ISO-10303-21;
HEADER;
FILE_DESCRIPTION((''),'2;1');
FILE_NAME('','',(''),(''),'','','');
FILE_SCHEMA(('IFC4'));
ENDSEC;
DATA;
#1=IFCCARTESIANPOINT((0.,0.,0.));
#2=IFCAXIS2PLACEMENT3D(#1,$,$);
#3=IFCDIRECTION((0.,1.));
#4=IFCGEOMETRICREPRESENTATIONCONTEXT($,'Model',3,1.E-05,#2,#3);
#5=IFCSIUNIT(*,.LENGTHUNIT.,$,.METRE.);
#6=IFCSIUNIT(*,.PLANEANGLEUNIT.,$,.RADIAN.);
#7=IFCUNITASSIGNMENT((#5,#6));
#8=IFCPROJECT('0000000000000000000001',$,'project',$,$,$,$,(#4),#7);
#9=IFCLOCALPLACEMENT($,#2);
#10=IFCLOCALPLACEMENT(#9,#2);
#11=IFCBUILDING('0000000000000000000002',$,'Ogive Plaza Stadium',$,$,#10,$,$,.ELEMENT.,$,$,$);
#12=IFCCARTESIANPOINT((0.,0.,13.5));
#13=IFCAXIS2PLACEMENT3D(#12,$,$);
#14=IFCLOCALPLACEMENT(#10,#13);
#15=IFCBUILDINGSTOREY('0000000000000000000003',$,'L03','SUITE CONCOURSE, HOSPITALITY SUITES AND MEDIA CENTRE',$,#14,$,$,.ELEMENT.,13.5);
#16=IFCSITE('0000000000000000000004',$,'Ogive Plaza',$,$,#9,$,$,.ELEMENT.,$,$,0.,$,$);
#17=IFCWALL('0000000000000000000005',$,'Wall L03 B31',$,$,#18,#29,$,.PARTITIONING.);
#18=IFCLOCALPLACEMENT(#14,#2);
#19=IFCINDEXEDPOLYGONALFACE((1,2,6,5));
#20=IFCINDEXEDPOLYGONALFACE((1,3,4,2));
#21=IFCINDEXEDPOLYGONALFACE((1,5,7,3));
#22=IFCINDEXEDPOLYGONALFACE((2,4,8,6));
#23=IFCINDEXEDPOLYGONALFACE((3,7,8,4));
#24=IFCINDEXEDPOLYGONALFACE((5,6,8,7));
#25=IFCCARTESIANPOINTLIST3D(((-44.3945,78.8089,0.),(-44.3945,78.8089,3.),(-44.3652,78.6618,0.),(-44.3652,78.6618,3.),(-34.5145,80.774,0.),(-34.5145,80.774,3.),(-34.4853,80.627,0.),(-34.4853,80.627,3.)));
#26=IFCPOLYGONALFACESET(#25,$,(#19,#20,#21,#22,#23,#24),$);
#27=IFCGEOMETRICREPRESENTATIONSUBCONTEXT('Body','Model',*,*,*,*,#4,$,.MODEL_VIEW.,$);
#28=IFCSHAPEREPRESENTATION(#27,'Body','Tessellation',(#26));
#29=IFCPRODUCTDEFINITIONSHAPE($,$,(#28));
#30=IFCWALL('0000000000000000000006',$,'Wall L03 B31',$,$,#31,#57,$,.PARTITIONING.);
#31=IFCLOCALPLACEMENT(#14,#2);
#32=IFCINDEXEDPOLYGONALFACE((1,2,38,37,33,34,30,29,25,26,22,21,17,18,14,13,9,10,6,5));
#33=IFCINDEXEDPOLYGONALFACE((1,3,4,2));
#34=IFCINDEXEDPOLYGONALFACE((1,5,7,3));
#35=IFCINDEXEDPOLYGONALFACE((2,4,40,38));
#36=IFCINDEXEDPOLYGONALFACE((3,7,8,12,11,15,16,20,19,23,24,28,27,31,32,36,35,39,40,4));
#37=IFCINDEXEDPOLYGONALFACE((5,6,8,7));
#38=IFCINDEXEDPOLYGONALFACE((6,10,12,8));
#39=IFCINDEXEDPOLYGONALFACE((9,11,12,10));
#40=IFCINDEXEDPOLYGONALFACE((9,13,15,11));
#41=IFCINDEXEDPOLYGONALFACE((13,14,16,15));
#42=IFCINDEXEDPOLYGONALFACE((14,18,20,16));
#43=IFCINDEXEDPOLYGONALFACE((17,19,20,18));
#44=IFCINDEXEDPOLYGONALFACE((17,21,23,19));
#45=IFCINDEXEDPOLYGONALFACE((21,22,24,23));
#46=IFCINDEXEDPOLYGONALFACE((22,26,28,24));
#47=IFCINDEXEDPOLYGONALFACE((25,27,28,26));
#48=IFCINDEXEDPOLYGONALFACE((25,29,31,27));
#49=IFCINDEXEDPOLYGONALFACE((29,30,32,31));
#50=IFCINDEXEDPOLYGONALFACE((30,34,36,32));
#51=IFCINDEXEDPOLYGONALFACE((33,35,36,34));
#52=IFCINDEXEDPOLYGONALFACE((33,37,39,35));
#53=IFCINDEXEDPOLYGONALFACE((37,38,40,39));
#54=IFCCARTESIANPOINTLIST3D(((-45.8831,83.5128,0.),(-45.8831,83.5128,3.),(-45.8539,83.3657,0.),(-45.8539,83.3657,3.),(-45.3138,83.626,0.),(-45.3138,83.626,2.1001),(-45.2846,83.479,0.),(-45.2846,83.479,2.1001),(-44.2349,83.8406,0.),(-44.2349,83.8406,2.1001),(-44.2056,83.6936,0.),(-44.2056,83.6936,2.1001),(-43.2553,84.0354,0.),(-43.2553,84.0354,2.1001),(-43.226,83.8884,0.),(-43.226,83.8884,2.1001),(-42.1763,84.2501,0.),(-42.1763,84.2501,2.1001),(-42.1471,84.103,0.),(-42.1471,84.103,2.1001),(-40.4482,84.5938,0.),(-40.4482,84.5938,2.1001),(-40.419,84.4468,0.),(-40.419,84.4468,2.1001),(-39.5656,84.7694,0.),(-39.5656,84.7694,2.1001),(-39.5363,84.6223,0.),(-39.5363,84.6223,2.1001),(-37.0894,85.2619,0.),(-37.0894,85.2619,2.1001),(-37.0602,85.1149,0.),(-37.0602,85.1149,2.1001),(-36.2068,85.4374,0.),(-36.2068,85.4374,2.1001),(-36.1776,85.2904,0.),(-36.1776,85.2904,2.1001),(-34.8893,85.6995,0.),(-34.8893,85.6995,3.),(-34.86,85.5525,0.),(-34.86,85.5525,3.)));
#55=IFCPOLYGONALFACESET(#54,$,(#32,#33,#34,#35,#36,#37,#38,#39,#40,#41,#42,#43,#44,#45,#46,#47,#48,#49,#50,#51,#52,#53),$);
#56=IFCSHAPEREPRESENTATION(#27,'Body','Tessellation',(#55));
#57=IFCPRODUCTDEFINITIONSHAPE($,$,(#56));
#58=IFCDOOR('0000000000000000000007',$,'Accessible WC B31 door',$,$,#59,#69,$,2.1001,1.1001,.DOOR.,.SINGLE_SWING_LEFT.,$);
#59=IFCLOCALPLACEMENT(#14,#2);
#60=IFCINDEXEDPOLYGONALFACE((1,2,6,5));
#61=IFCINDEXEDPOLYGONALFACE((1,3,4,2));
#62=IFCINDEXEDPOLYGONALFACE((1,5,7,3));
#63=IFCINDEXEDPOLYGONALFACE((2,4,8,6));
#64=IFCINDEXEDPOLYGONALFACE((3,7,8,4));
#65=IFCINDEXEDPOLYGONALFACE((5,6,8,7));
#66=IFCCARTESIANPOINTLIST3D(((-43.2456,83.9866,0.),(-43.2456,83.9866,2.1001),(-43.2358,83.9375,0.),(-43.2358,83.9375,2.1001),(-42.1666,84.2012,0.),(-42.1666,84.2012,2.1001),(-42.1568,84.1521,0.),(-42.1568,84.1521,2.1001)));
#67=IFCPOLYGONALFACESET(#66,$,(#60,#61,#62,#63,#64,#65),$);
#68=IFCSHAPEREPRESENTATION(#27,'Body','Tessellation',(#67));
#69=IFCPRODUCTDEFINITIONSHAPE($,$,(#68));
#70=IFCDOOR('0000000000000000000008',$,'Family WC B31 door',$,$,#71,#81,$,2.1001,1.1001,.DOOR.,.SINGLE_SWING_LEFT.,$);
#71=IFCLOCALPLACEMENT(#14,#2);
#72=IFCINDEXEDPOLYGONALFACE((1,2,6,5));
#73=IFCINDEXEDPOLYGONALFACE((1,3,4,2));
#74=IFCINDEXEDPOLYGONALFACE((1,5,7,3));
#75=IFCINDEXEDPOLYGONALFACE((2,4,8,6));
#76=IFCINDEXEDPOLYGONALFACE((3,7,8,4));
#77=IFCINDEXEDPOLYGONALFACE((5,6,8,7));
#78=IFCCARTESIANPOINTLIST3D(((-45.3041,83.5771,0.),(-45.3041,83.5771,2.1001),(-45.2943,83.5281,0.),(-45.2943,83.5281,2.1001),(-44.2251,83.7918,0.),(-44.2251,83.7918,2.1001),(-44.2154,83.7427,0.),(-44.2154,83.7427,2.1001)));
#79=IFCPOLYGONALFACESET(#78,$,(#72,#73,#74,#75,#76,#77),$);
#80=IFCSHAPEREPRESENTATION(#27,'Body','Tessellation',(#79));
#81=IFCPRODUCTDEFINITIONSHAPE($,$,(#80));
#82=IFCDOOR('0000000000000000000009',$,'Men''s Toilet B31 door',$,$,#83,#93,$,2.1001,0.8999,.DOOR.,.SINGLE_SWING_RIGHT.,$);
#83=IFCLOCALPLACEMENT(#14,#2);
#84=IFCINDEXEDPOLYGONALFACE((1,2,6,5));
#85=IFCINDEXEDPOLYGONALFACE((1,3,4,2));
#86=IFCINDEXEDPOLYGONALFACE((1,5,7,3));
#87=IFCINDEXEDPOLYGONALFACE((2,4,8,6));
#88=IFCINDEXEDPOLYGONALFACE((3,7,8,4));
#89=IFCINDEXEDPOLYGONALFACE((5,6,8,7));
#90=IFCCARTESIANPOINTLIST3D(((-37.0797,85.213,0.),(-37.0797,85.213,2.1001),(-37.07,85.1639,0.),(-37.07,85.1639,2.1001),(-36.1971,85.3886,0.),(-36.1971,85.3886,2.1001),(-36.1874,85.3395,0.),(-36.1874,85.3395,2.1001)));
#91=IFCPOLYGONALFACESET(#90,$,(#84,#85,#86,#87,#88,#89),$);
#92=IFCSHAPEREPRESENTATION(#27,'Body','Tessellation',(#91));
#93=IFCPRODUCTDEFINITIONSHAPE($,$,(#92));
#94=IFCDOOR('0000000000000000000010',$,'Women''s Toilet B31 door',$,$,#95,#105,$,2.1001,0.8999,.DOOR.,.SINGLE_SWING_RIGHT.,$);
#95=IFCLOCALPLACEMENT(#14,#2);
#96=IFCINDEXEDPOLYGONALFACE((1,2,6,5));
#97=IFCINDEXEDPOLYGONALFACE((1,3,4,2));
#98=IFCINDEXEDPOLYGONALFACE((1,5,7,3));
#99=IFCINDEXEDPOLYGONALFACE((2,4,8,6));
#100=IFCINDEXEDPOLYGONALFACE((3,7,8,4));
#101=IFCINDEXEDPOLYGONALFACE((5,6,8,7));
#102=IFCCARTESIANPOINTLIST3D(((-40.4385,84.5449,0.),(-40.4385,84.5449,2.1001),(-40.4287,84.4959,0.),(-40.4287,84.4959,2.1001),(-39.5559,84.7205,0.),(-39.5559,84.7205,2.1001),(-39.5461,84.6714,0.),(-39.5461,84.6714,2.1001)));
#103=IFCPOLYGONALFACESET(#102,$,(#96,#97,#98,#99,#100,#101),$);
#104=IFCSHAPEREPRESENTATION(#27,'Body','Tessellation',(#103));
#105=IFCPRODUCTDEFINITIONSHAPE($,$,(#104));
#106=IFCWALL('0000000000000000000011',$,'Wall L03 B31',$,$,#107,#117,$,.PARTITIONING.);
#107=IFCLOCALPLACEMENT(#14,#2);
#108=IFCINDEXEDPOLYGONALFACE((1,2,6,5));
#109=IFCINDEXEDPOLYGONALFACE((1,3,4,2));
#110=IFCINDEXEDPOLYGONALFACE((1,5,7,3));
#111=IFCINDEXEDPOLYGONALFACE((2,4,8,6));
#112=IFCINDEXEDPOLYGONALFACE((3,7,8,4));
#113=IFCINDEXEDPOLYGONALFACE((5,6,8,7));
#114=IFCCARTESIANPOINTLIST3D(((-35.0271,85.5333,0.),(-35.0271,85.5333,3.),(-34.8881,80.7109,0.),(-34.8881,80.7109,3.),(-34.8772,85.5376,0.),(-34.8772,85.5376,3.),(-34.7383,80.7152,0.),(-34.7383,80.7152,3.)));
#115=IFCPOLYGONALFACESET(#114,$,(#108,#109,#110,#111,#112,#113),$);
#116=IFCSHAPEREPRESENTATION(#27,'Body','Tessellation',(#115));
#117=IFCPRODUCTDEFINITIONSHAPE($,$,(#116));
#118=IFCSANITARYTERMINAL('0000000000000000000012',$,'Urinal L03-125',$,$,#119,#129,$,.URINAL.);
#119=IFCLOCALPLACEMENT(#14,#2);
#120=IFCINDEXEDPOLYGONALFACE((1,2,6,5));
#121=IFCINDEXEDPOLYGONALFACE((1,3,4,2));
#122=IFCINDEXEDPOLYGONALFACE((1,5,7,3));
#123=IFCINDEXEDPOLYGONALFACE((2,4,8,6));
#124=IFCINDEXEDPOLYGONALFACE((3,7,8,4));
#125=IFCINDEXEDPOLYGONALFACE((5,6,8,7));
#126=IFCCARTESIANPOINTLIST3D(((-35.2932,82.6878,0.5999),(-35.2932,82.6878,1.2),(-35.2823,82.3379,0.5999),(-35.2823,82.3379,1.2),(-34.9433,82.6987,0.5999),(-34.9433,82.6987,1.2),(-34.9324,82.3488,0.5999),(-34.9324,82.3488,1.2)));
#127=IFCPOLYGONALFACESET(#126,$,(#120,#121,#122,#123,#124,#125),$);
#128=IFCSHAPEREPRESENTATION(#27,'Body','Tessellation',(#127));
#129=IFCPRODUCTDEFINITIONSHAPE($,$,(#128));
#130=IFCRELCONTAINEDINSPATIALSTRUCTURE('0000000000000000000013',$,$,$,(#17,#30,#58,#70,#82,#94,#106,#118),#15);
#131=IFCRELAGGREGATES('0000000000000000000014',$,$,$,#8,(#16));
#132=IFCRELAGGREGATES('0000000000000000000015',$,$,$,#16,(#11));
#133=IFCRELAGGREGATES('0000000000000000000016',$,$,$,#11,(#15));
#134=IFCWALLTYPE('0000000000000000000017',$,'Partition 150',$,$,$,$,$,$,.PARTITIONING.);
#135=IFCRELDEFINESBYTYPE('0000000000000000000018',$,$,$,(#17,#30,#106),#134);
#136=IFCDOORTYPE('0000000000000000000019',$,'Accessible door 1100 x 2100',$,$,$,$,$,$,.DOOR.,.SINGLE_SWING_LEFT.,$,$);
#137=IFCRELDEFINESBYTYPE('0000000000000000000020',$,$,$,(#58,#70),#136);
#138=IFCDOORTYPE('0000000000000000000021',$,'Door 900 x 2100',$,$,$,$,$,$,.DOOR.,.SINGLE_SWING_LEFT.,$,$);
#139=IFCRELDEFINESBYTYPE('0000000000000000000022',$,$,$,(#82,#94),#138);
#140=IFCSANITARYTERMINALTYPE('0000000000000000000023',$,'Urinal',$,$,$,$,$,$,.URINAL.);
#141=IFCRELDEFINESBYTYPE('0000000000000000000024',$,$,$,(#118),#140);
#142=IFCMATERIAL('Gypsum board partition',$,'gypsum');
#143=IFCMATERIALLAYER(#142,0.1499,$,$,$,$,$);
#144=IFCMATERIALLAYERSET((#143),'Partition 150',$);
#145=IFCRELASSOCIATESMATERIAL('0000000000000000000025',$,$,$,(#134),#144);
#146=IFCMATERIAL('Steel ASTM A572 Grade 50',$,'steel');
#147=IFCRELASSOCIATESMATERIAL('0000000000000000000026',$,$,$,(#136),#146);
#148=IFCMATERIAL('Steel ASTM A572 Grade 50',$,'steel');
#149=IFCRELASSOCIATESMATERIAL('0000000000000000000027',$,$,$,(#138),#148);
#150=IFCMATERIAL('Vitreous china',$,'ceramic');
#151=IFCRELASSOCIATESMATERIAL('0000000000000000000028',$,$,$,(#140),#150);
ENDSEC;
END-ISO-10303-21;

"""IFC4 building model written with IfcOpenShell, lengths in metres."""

from ifc_helpers import new_model, si_unit, direction, frame, frame_2d, origin, origin_2d, place, context, subcontext, project, spatial, rectangle, extrude, material, layer, layer_set, type_object, element, fill, save


model = new_model("IFC4")

# Units and contexts
model_context = context("Model", 3, precision=1e-05, world=origin(), true_north=direction((0.0, 1.0)))
body_context = subcontext(model_context, "Body", "Model", "MODEL_VIEW")
ifc_project = project(units=[si_unit("LENGTHUNIT", "METRE"), si_unit("PLANEANGLEUNIT", "RADIAN")], contexts=[model_context])

# Site, building, storey
site_placement = place(None, origin())
site = spatial("IfcSite", under=ifc_project, at=site_placement, Name="Ogive Plaza", CompositionType="ELEMENT", RefElevation=0.0)
building_placement = place(site_placement, origin())
building = spatial("IfcBuilding", under=site, at=building_placement, Name="Ogive Plaza Stadium", CompositionType="ELEMENT")
storey_placement = place(building_placement, frame((0.0, 0.0, 13.5)))
storey = spatial("IfcBuildingStorey", under=building, at=storey_placement, Name="L03", Description="SUITE CONCOURSE, HOSPITALITY SUITES AND MEDIA CENTRE", CompositionType="ELEMENT", Elevation=13.5)

# Wall
ifc_material_1 = material(Name="Gypsum board partition", Category="gypsum")
ifc_layer_1 = layer(ifc_material_1, 0.1499)
ifc_layer_set_1 = layer_set([ifc_layer_1], Name="Partition 150")
wall_type_1 = type_object("IfcWallType", Name="Partition 150", PredefinedType="PARTITIONING", material=ifc_layer_set_1)
wall_1_placement = place(storey_placement, frame((-34.5, 80.7004, 0.0), z_axis=(0.0, 0.0, 1.0), x_axis=(-0.980788, -0.195077, 0.0)))
element("IfcWall", 1, at=wall_1_placement, inside=storey, type_object=wall_type_1, Name="Wall L03 B31", PredefinedType="PARTITIONING", context=body_context, shape_type="SweptSolid", body=[
    extrude(rectangle(XDim=10.0735, YDim=0.1499, at=frame_2d((5.0366, 0.0))), origin(), (0.0, 0.0, 1.0), 3.0),
])

# Wall, openings, doors
wall_2_placement = place(storey_placement, frame((-34.8748, 85.626, 0.0), z_axis=(0.0, 0.0, 1.0), x_axis=(-0.980786, -0.195086, 0.0)))
wall_2 = element("IfcWall", 2, at=wall_2_placement, inside=storey, type_object=wall_type_1, Name="Wall L03 B31", PredefinedType="PARTITIONING", context=body_context, shape_type="SweptSolid", body=[
    extrude(rectangle(XDim=11.2092, YDim=0.1499, at=frame_2d((5.6045, 0.0))), origin(), (0.0, 0.0, 1.0), 3.0),
])
opening_1_placement = place(wall_2_placement, frame((1.3433, 0.0, 0.0)))
opening_1 = element("IfcOpeningElement", 3, at=opening_1_placement, cuts=wall_2, PredefinedType="OPENING", context=body_context, shape_type="SweptSolid", body=[
    extrude(rectangle(XDim=0.8999, YDim=2.1001, at=frame_2d((0.45, 1.05))), frame((0.0, 0.075, 0.0), z_axis=(0.0, -1.0, 0.0), x_axis=(1.0, 0.0, 0.0)), (0.0, 0.0, 1.0), 0.1499),
])
opening_2_placement = place(wall_2_placement, frame((4.7678, 0.0, 0.0)))
opening_2 = element("IfcOpeningElement", 4, at=opening_2_placement, cuts=wall_2, PredefinedType="OPENING", context=body_context, shape_type="SweptSolid", body=[
    extrude(rectangle(XDim=0.8999, YDim=2.1001, at=frame_2d((0.45, 1.05))), frame((0.0, 0.075, 0.0), z_axis=(0.0, -1.0, 0.0), x_axis=(1.0, 0.0, 0.0)), (0.0, 0.0, 1.0), 0.1499),
])
opening_3_placement = place(wall_2_placement, frame((7.4297, 0.0, 0.0)))
opening_3 = element("IfcOpeningElement", 5, at=opening_3_placement, cuts=wall_2, PredefinedType="OPENING", context=body_context, shape_type="SweptSolid", body=[
    extrude(rectangle(XDim=1.1001, YDim=2.1001, at=frame_2d((0.55, 1.05))), frame((0.0, 0.075, 0.0), z_axis=(0.0, -1.0, 0.0), x_axis=(1.0, 0.0, 0.0)), (0.0, 0.0, 1.0), 0.1499),
])
opening_4_placement = place(wall_2_placement, frame((9.5286, 0.0, 0.0)))
opening_4 = element("IfcOpeningElement", 6, at=opening_4_placement, cuts=wall_2, PredefinedType="OPENING", context=body_context, shape_type="SweptSolid", body=[
    extrude(rectangle(XDim=1.1001, YDim=2.1001, at=frame_2d((0.55, 1.05))), frame((0.0, 0.075, 0.0), z_axis=(0.0, -1.0, 0.0), x_axis=(1.0, 0.0, 0.0)), (0.0, 0.0, 1.0), 0.1499),
])
ifc_material_2 = material(Name="Steel ASTM A572 Grade 50", Category="steel")
door_type_1 = type_object("IfcDoorType", Name="Accessible door 1100 x 2100", OperationType="SINGLE_SWING_LEFT", PredefinedType="DOOR", material=ifc_material_2)
door_1_placement = place(opening_3_placement, origin())
door_1 = element("IfcDoor", 7, at=door_1_placement, inside=storey, type_object=door_type_1, Name="Accessible WC B31 door", OperationType="SINGLE_SWING_LEFT", OverallHeight=2.1001, OverallWidth=1.1001, PredefinedType="DOOR", context=body_context, shape_type="SweptSolid", body=[
    extrude(rectangle(XDim=1.1001, YDim=2.1001, at=frame_2d((0.55, 1.05))), frame((0.0, 0.0249, 0.0), z_axis=(0.0, -1.0, 0.0), x_axis=(1.0, 0.0, 0.0)), (0.0, 0.0, 1.0), 0.05),
])
fill(opening_3, door_1)
door_2_placement = place(opening_4_placement, origin())
door_2 = element("IfcDoor", 8, at=door_2_placement, inside=storey, type_object=door_type_1, Name="Family WC B31 door", OperationType="SINGLE_SWING_LEFT", OverallHeight=2.1001, OverallWidth=1.1001, PredefinedType="DOOR", context=body_context, shape_type="SweptSolid", body=[
    extrude(rectangle(XDim=1.1001, YDim=2.1001, at=frame_2d((0.55, 1.05))), frame((0.0, 0.0249, 0.0), z_axis=(0.0, -1.0, 0.0), x_axis=(1.0, 0.0, 0.0)), (0.0, 0.0, 1.0), 0.05),
])
fill(opening_4, door_2)
ifc_material_3 = material(Name="Steel ASTM A572 Grade 50", Category="steel")
door_type_2 = type_object("IfcDoorType", Name="Door 900 x 2100", OperationType="SINGLE_SWING_LEFT", PredefinedType="DOOR", material=ifc_material_3)
door_3_placement = place(opening_1_placement, origin())
door_3 = element("IfcDoor", 9, at=door_3_placement, inside=storey, type_object=door_type_2, Name="Men's Toilet B31 door", OperationType="SINGLE_SWING_RIGHT", OverallHeight=2.1001, OverallWidth=0.8999, PredefinedType="DOOR", context=body_context, shape_type="SweptSolid", body=[
    extrude(rectangle(XDim=0.8999, YDim=2.1001, at=frame_2d((0.45, 1.05))), frame((0.0, 0.0249, 0.0), z_axis=(0.0, -1.0, 0.0), x_axis=(1.0, 0.0, 0.0)), (0.0, 0.0, 1.0), 0.05),
])
fill(opening_1, door_3)
door_4_placement = place(opening_2_placement, origin())
door_4 = element("IfcDoor", 10, at=door_4_placement, inside=storey, type_object=door_type_2, Name="Women's Toilet B31 door", OperationType="SINGLE_SWING_RIGHT", OverallHeight=2.1001, OverallWidth=0.8999, PredefinedType="DOOR", context=body_context, shape_type="SweptSolid", body=[
    extrude(rectangle(XDim=0.8999, YDim=2.1001, at=frame_2d((0.45, 1.05))), frame((0.0, 0.0249, 0.0), z_axis=(0.0, -1.0, 0.0), x_axis=(1.0, 0.0, 0.0)), (0.0, 0.0, 1.0), 0.05),
])
fill(opening_2, door_4)

# Wall
wall_3_placement = place(storey_placement, frame((-34.8132, 80.7131, 0.0), z_axis=(0.0, 0.0, 1.0), x_axis=(-0.028794, 0.999585, 0.0)))
element("IfcWall", 11, at=wall_3_placement, inside=storey, type_object=wall_type_1, Name="Wall L03 B31", PredefinedType="PARTITIONING", context=body_context, shape_type="SweptSolid", body=[
    extrude(rectangle(XDim=4.8245, YDim=0.1499, at=frame_2d((2.4121, 0.0))), origin(), (0.0, 0.0, 1.0), 3.0),
])

# Sanitary terminal
ifc_material_4 = material(Name="Vitreous china", Category="ceramic")
sanitary_terminal_type = type_object("IfcSanitaryTerminalType", Name="Urinal", PredefinedType="URINAL", material=ifc_material_4)
sanitary_terminal_placement = place(storey_placement, frame((-35.1128, 82.5183, 0.5999), z_axis=(0.0, 0.0, 1.0), x_axis=(-0.031226, 0.999512, 0.0)))
element("IfcSanitaryTerminal", 12, at=sanitary_terminal_placement, inside=storey, type_object=sanitary_terminal_type, Name="Urinal L03-125", PredefinedType="URINAL", context=body_context, shape_type="SweptSolid", body=[
    extrude(rectangle(XDim=0.3501, YDim=0.3501, at=origin_2d()), origin(), (0.0, 0.0, 1.0), 0.6001),
])

save(model, "model.ifc")
